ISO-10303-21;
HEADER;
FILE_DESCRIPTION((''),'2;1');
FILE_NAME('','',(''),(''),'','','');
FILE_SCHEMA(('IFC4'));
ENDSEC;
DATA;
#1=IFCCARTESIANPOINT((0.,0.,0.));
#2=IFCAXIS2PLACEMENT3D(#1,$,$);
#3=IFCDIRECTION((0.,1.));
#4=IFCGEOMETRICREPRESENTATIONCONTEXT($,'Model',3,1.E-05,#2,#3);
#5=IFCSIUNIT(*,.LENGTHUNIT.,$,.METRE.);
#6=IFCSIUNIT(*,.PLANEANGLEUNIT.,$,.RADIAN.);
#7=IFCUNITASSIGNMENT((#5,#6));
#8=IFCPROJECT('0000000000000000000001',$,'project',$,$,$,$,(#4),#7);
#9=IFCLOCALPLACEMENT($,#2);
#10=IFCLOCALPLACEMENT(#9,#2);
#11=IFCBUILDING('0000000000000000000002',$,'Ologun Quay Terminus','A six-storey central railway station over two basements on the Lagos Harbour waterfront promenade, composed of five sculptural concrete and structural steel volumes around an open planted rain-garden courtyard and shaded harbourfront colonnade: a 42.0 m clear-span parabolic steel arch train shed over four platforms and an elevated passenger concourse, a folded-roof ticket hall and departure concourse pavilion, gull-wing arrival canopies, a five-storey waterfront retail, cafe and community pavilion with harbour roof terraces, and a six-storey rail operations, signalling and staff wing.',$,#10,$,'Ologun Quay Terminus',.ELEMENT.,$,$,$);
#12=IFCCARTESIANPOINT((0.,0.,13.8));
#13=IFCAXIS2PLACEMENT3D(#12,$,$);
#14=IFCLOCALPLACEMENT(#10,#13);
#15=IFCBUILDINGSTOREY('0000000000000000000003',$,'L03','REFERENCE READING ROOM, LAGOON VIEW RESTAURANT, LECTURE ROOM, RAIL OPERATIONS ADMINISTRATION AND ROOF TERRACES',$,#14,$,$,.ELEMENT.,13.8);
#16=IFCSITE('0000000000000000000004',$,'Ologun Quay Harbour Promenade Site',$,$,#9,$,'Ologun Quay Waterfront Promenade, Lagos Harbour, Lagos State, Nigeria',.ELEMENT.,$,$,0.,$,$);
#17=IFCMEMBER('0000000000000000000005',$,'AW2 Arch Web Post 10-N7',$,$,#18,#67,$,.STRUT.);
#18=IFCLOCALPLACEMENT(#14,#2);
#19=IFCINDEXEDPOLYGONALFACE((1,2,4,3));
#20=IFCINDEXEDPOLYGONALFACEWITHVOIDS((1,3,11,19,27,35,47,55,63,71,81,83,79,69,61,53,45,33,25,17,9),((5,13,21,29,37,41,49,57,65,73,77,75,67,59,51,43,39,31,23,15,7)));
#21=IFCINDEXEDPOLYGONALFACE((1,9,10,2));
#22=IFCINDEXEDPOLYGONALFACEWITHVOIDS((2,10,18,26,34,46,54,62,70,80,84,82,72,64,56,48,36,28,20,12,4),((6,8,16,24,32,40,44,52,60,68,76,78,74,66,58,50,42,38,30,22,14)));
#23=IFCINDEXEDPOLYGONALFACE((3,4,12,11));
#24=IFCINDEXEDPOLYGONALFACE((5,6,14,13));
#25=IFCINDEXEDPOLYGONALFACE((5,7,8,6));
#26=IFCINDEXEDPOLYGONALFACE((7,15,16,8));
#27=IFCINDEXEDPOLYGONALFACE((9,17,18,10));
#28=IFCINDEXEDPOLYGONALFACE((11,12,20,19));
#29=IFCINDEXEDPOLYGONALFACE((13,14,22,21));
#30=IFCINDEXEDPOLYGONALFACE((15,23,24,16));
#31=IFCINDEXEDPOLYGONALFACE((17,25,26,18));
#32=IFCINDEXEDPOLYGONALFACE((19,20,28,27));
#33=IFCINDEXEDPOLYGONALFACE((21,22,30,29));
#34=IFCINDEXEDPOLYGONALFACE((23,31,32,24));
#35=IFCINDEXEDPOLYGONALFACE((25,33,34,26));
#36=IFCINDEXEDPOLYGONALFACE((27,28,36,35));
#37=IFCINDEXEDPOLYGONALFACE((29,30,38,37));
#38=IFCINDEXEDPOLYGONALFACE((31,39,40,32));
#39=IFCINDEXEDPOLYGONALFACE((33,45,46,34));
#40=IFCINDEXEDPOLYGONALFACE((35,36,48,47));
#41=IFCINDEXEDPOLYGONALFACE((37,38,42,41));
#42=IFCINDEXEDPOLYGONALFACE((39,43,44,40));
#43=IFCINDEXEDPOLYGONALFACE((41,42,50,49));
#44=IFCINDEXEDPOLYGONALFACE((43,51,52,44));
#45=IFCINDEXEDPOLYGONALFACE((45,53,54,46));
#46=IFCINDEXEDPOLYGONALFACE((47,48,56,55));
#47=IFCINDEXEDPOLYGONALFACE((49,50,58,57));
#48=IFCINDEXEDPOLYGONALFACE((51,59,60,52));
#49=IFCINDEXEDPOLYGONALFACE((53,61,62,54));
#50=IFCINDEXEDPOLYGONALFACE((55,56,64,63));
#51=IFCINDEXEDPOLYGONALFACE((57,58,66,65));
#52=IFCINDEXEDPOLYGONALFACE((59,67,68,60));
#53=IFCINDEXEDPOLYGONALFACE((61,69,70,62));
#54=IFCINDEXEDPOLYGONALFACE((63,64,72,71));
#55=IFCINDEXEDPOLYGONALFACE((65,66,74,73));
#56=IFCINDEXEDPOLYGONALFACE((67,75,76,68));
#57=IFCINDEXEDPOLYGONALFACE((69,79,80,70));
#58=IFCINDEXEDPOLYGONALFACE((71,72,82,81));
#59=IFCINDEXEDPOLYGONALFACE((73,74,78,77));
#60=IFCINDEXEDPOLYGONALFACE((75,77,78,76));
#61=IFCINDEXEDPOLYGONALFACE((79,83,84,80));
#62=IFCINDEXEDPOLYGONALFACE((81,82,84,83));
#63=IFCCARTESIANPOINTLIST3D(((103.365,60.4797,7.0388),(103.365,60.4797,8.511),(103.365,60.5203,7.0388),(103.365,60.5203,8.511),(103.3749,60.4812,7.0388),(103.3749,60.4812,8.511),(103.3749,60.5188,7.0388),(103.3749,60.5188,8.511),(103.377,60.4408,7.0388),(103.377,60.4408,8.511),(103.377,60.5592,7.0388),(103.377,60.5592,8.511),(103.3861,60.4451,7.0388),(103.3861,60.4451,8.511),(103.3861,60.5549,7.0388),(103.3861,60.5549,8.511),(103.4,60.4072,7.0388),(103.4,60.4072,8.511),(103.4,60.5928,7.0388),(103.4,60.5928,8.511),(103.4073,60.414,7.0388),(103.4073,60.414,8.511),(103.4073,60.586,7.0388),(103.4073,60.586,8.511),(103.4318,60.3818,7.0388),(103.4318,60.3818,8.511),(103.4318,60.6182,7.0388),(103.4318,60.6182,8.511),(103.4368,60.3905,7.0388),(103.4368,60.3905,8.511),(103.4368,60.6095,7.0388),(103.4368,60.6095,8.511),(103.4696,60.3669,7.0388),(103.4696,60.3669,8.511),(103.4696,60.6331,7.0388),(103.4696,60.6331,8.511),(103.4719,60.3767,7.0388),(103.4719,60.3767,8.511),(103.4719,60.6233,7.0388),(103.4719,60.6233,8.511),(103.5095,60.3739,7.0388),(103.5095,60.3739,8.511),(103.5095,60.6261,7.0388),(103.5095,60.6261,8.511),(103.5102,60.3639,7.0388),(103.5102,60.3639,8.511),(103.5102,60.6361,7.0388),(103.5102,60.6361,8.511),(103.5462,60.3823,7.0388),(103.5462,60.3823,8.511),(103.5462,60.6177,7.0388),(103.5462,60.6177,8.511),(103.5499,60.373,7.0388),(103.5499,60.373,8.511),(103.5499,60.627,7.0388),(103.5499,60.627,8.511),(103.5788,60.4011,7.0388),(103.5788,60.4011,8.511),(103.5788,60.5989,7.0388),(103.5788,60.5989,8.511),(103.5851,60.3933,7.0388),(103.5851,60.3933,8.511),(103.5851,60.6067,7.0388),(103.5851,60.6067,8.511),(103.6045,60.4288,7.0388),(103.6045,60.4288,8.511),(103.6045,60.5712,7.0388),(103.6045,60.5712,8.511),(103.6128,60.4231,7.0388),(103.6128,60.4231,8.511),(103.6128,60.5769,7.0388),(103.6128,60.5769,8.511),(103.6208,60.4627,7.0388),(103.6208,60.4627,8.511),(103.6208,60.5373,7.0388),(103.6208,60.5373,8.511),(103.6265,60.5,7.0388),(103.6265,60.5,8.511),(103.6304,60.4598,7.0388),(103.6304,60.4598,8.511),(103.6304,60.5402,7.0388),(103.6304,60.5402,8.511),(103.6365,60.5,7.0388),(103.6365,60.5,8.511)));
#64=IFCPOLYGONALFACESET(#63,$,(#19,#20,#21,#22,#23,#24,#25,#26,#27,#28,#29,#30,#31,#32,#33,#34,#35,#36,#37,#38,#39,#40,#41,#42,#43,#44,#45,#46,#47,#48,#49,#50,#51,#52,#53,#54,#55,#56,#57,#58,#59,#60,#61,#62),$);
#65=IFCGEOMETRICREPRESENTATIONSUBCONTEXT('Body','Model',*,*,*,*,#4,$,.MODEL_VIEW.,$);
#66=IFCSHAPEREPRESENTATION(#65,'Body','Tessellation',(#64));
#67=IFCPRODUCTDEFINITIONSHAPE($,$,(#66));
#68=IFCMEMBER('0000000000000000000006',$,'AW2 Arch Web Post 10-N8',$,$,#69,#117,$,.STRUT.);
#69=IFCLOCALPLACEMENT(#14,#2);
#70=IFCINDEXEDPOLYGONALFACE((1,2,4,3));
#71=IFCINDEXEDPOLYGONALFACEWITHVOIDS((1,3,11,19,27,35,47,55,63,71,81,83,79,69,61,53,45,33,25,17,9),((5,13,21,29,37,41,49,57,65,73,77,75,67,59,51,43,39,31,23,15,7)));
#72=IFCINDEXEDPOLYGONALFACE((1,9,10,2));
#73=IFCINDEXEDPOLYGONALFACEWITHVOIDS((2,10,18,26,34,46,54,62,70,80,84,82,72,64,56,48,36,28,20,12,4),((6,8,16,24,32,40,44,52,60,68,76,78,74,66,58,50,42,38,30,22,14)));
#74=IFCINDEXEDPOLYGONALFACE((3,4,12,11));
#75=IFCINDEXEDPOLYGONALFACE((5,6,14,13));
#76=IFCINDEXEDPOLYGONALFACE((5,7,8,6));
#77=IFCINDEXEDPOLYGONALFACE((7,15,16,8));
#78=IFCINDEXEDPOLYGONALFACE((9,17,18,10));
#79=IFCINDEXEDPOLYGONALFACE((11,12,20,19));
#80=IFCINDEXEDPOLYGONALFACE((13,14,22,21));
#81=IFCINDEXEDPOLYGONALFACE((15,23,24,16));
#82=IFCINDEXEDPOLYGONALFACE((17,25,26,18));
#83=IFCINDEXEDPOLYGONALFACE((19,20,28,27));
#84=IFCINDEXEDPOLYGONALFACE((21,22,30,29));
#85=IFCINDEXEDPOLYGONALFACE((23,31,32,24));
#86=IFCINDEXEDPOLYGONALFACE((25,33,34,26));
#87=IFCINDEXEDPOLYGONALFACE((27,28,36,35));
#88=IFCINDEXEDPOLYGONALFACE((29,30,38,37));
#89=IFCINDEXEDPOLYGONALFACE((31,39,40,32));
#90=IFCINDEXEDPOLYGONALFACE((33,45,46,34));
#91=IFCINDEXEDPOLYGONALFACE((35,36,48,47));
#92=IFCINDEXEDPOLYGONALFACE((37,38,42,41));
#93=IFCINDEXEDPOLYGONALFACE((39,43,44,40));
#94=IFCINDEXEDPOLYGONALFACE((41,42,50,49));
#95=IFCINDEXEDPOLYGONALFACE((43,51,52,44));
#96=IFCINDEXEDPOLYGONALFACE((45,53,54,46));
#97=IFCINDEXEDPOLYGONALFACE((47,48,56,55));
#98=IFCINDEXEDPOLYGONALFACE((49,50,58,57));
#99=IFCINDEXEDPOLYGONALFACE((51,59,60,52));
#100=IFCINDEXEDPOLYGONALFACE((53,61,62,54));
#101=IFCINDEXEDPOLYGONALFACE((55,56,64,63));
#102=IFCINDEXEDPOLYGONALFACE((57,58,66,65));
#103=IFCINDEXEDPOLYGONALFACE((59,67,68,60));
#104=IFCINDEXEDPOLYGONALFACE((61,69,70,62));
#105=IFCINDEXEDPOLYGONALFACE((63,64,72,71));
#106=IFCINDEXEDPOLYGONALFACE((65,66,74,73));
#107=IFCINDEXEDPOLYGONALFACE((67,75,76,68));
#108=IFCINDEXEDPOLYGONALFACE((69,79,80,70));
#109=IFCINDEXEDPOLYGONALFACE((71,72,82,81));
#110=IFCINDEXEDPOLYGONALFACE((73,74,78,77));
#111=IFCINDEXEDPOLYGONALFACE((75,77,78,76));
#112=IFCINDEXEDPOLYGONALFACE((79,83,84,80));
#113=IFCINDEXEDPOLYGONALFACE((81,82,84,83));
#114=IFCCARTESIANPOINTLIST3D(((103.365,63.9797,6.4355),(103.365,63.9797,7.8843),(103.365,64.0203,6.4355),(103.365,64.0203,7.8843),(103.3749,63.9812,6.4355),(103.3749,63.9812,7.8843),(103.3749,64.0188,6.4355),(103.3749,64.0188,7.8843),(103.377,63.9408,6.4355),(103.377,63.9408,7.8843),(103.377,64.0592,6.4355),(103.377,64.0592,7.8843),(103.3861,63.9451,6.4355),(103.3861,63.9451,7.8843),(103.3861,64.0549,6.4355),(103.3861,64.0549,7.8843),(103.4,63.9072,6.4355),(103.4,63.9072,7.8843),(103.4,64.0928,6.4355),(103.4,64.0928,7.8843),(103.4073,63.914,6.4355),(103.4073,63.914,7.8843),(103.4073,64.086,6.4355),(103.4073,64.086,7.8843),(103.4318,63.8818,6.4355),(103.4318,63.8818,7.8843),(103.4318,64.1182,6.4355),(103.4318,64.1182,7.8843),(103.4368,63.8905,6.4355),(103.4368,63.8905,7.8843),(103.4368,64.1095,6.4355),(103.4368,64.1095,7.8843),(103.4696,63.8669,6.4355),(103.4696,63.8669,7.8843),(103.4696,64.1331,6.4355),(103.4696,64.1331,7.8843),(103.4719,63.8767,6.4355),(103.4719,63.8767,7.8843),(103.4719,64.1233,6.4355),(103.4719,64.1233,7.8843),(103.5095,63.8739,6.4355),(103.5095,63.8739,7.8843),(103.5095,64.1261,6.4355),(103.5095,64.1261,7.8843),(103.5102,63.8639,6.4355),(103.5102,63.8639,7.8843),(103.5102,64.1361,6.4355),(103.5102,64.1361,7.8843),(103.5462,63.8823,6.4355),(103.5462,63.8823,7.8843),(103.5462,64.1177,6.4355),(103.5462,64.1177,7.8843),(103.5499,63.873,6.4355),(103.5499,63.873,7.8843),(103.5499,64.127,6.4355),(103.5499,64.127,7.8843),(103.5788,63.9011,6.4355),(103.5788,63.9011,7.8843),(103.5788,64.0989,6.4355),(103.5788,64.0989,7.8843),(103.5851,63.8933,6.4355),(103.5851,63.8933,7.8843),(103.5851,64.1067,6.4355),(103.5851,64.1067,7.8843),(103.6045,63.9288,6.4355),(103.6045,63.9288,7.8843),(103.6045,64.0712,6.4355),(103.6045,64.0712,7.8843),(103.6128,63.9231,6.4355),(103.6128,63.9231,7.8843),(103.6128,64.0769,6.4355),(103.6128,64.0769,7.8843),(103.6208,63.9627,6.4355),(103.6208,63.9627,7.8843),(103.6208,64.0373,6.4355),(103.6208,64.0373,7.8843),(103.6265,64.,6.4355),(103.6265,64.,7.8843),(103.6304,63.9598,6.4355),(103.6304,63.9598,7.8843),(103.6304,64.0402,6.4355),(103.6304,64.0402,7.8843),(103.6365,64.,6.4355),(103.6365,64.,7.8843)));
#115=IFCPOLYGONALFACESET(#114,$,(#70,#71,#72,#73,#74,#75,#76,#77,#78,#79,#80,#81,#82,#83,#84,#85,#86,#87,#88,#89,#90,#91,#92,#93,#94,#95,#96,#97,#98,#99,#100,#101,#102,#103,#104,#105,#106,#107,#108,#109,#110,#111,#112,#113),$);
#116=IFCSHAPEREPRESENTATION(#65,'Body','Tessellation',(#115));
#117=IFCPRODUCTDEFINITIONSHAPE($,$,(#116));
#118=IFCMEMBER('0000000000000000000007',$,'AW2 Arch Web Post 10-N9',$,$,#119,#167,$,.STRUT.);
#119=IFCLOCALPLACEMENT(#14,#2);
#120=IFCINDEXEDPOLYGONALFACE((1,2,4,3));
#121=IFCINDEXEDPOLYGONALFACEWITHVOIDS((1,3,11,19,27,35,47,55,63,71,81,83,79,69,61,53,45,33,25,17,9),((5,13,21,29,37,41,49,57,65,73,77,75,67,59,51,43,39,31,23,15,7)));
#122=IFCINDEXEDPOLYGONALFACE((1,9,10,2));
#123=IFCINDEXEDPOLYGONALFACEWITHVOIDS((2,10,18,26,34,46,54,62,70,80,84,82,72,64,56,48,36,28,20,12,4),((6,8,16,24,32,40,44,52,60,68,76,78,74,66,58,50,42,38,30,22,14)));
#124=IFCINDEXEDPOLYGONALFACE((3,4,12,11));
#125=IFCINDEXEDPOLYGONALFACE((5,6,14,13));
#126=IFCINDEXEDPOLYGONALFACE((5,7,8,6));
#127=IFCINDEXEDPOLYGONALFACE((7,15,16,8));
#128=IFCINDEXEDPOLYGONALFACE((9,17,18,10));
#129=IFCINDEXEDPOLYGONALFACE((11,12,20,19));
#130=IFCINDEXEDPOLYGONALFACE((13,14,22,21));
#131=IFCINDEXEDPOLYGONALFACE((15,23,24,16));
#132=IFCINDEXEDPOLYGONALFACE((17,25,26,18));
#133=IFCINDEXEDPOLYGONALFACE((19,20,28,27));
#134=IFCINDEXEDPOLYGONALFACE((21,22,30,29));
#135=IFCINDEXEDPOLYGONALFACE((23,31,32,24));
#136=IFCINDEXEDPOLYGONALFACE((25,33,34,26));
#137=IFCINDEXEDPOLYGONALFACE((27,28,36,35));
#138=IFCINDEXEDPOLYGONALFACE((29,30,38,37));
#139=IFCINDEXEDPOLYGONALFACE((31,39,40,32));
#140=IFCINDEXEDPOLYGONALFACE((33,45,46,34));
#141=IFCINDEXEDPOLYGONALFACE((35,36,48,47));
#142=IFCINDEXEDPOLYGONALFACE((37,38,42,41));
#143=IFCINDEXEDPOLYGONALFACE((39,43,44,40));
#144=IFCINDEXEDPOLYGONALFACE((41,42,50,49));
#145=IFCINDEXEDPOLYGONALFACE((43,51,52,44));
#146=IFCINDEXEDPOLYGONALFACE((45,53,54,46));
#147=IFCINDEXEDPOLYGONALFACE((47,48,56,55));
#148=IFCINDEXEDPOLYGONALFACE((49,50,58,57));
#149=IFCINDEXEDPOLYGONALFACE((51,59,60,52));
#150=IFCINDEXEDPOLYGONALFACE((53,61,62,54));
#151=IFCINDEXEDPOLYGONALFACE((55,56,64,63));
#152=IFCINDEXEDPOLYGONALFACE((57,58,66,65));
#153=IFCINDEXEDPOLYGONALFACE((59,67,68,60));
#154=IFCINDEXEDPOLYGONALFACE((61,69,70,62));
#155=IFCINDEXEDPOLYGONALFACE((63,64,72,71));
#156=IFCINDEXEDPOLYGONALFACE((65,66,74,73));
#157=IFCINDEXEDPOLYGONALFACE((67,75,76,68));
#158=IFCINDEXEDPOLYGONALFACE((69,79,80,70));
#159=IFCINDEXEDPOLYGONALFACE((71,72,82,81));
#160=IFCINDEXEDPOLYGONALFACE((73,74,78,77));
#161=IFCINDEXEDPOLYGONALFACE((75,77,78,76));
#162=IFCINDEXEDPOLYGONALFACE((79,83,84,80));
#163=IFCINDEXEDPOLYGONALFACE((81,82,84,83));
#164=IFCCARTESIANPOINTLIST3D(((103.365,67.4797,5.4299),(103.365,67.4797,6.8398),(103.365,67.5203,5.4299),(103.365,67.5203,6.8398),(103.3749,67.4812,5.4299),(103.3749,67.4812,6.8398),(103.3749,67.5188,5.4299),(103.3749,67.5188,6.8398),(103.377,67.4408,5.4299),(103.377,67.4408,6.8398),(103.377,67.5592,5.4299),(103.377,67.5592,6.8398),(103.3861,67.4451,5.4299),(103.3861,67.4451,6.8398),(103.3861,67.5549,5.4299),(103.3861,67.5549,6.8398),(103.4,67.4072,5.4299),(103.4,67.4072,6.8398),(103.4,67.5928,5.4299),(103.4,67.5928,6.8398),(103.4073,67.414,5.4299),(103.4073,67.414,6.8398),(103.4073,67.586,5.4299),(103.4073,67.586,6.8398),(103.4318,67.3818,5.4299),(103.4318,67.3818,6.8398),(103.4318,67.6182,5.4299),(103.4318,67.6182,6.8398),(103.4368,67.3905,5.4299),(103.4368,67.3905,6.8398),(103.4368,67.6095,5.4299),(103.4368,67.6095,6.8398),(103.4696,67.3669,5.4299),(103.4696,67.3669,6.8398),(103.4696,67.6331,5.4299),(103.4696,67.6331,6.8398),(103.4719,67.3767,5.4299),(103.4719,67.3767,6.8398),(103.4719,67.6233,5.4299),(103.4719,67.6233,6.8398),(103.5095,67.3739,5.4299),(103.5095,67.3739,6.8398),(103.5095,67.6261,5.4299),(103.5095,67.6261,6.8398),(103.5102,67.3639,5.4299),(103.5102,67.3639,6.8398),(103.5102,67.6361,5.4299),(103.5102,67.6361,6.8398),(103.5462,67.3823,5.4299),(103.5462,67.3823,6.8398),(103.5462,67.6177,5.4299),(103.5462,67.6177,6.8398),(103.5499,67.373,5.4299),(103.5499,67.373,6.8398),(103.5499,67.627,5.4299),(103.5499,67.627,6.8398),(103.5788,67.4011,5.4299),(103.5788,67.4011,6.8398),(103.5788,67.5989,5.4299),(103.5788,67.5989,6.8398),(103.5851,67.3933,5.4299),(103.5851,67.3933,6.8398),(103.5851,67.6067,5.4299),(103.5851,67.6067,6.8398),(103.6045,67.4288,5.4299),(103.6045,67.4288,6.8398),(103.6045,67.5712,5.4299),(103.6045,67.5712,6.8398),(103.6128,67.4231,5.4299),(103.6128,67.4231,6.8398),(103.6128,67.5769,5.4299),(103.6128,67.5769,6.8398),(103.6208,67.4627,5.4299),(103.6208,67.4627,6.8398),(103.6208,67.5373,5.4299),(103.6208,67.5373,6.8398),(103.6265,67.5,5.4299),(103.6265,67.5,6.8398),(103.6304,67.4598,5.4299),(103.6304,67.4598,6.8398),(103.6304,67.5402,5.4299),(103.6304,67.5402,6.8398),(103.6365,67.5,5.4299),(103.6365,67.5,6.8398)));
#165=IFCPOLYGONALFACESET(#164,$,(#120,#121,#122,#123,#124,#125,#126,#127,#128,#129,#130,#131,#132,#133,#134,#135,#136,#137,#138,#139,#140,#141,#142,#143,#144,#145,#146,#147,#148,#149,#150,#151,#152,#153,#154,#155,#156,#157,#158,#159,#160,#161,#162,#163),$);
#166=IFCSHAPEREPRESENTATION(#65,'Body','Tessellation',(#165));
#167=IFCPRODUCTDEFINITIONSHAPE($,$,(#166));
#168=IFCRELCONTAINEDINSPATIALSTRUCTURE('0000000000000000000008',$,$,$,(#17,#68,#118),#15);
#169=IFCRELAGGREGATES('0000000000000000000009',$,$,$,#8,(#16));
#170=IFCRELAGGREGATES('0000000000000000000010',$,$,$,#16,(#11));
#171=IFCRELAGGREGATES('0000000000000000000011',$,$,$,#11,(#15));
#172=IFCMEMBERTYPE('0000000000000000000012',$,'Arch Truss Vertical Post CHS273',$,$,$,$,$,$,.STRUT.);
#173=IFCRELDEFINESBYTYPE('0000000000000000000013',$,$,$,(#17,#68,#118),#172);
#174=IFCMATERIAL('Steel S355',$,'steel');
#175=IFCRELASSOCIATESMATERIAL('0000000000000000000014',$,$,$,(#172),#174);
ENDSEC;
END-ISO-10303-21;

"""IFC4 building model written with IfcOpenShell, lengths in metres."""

from ifc_helpers import new_model, si_unit, direction, frame, origin, origin_2d, place, context, subcontext, project, spatial, hollow_circle, extrude, material, material_profile, profile_set, type_object, element, save


model = new_model("IFC4")

# Units and contexts
model_context = context("Model", 3, precision=1e-05, world=origin(), true_north=direction((0.0, 1.0)))
body_context = subcontext(model_context, "Body", "Model", "MODEL_VIEW")
ifc_project = project(units=[si_unit("LENGTHUNIT", "METRE"), si_unit("PLANEANGLEUNIT", "RADIAN")], contexts=[model_context])

# Site, building, storey
site_placement = place(None, origin())
site = spatial("IfcSite", under=ifc_project, at=site_placement, Name="Ologun Quay Harbour Promenade Site", LongName="Ologun Quay Waterfront Promenade, Lagos Harbour, Lagos State, Nigeria", CompositionType="ELEMENT", RefElevation=0.0)
building_placement = place(site_placement, origin())
building = spatial("IfcBuilding", under=site, at=building_placement, Name="Ologun Quay Terminus", Description="A six-storey central railway station over two basements on the Lagos Harbour waterfront promenade, composed of five sculptural concrete and structural steel volumes around an open planted rain-garden courtyard and shaded harbourfront colonnade: a 42.0 m clear-span parabolic steel arch train shed over four platforms and an elevated passenger concourse, a folded-roof ticket hall and departure concourse pavilion, gull-wing arrival canopies, a five-storey waterfront retail, cafe and community pavilion with harbour roof terraces, and a six-storey rail operations, signalling and staff wing.", LongName="Ologun Quay Terminus", CompositionType="ELEMENT")
storey_placement = place(building_placement, frame((0.0, 0.0, 13.8)))
storey = spatial("IfcBuildingStorey", under=building, at=storey_placement, Name="L03", Description="REFERENCE READING ROOM, LAGOON VIEW RESTAURANT, LECTURE ROOM, RAIL OPERATIONS ADMINISTRATION AND ROOF TERRACES", CompositionType="ELEMENT", Elevation=13.8)

# Members
ifc_material_1 = material(Name="Steel S355", Category="steel")
ifc_material_profile_1 = material_profile(ifc_material_1, hollow_circle(Radius=0.1365, WallThickness=0.01, at=origin_2d()), Name="CHS 273x10")
ifc_profile_set_1 = profile_set([ifc_material_profile_1], Name="Steel S355")
member_type_1 = type_object("IfcMemberType", Name="Arch Truss Vertical Post CHS273", PredefinedType="STRUT", material=ifc_profile_set_1)
member_1_placement = place(storey_placement, frame((103.5, 60.5, 7.0388), z_axis=(0.0, 0.0, 1.0), x_axis=(1.0, 0.0, 0.0)))
element("IfcMember", 1, at=member_1_placement, inside=storey, type_object=member_type_1, Name="AW2 Arch Web Post 10-N7", PredefinedType="STRUT", context=body_context, shape_type="SweptSolid", body=[
    extrude(hollow_circle(Radius=0.1365, WallThickness=0.01, at=origin_2d()), origin(), (0.0, 0.0, 1.0), 1.4722),
])
member_2_placement = place(storey_placement, frame((103.5, 64.0, 6.4355), z_axis=(0.0, 0.0, 1.0), x_axis=(1.0, 0.0, 0.0)))
element("IfcMember", 2, at=member_2_placement, inside=storey, type_object=member_type_1, Name="AW2 Arch Web Post 10-N8", PredefinedType="STRUT", context=body_context, shape_type="SweptSolid", body=[
    extrude(hollow_circle(Radius=0.1365, WallThickness=0.01, at=origin_2d()), origin(), (0.0, 0.0, 1.0), 1.4487),
])
member_3_placement = place(storey_placement, frame((103.5, 67.5, 5.4299), z_axis=(0.0, 0.0, 1.0), x_axis=(1.0, 0.0, 0.0)))
element("IfcMember", 3, at=member_3_placement, inside=storey, type_object=member_type_1, Name="AW2 Arch Web Post 10-N9", PredefinedType="STRUT", context=body_context, shape_type="SweptSolid", body=[
    extrude(hollow_circle(Radius=0.1365, WallThickness=0.01, at=origin_2d()), origin(), (0.0, 0.0, 1.0), 1.4099),
])

save(model, "model.ifc")
